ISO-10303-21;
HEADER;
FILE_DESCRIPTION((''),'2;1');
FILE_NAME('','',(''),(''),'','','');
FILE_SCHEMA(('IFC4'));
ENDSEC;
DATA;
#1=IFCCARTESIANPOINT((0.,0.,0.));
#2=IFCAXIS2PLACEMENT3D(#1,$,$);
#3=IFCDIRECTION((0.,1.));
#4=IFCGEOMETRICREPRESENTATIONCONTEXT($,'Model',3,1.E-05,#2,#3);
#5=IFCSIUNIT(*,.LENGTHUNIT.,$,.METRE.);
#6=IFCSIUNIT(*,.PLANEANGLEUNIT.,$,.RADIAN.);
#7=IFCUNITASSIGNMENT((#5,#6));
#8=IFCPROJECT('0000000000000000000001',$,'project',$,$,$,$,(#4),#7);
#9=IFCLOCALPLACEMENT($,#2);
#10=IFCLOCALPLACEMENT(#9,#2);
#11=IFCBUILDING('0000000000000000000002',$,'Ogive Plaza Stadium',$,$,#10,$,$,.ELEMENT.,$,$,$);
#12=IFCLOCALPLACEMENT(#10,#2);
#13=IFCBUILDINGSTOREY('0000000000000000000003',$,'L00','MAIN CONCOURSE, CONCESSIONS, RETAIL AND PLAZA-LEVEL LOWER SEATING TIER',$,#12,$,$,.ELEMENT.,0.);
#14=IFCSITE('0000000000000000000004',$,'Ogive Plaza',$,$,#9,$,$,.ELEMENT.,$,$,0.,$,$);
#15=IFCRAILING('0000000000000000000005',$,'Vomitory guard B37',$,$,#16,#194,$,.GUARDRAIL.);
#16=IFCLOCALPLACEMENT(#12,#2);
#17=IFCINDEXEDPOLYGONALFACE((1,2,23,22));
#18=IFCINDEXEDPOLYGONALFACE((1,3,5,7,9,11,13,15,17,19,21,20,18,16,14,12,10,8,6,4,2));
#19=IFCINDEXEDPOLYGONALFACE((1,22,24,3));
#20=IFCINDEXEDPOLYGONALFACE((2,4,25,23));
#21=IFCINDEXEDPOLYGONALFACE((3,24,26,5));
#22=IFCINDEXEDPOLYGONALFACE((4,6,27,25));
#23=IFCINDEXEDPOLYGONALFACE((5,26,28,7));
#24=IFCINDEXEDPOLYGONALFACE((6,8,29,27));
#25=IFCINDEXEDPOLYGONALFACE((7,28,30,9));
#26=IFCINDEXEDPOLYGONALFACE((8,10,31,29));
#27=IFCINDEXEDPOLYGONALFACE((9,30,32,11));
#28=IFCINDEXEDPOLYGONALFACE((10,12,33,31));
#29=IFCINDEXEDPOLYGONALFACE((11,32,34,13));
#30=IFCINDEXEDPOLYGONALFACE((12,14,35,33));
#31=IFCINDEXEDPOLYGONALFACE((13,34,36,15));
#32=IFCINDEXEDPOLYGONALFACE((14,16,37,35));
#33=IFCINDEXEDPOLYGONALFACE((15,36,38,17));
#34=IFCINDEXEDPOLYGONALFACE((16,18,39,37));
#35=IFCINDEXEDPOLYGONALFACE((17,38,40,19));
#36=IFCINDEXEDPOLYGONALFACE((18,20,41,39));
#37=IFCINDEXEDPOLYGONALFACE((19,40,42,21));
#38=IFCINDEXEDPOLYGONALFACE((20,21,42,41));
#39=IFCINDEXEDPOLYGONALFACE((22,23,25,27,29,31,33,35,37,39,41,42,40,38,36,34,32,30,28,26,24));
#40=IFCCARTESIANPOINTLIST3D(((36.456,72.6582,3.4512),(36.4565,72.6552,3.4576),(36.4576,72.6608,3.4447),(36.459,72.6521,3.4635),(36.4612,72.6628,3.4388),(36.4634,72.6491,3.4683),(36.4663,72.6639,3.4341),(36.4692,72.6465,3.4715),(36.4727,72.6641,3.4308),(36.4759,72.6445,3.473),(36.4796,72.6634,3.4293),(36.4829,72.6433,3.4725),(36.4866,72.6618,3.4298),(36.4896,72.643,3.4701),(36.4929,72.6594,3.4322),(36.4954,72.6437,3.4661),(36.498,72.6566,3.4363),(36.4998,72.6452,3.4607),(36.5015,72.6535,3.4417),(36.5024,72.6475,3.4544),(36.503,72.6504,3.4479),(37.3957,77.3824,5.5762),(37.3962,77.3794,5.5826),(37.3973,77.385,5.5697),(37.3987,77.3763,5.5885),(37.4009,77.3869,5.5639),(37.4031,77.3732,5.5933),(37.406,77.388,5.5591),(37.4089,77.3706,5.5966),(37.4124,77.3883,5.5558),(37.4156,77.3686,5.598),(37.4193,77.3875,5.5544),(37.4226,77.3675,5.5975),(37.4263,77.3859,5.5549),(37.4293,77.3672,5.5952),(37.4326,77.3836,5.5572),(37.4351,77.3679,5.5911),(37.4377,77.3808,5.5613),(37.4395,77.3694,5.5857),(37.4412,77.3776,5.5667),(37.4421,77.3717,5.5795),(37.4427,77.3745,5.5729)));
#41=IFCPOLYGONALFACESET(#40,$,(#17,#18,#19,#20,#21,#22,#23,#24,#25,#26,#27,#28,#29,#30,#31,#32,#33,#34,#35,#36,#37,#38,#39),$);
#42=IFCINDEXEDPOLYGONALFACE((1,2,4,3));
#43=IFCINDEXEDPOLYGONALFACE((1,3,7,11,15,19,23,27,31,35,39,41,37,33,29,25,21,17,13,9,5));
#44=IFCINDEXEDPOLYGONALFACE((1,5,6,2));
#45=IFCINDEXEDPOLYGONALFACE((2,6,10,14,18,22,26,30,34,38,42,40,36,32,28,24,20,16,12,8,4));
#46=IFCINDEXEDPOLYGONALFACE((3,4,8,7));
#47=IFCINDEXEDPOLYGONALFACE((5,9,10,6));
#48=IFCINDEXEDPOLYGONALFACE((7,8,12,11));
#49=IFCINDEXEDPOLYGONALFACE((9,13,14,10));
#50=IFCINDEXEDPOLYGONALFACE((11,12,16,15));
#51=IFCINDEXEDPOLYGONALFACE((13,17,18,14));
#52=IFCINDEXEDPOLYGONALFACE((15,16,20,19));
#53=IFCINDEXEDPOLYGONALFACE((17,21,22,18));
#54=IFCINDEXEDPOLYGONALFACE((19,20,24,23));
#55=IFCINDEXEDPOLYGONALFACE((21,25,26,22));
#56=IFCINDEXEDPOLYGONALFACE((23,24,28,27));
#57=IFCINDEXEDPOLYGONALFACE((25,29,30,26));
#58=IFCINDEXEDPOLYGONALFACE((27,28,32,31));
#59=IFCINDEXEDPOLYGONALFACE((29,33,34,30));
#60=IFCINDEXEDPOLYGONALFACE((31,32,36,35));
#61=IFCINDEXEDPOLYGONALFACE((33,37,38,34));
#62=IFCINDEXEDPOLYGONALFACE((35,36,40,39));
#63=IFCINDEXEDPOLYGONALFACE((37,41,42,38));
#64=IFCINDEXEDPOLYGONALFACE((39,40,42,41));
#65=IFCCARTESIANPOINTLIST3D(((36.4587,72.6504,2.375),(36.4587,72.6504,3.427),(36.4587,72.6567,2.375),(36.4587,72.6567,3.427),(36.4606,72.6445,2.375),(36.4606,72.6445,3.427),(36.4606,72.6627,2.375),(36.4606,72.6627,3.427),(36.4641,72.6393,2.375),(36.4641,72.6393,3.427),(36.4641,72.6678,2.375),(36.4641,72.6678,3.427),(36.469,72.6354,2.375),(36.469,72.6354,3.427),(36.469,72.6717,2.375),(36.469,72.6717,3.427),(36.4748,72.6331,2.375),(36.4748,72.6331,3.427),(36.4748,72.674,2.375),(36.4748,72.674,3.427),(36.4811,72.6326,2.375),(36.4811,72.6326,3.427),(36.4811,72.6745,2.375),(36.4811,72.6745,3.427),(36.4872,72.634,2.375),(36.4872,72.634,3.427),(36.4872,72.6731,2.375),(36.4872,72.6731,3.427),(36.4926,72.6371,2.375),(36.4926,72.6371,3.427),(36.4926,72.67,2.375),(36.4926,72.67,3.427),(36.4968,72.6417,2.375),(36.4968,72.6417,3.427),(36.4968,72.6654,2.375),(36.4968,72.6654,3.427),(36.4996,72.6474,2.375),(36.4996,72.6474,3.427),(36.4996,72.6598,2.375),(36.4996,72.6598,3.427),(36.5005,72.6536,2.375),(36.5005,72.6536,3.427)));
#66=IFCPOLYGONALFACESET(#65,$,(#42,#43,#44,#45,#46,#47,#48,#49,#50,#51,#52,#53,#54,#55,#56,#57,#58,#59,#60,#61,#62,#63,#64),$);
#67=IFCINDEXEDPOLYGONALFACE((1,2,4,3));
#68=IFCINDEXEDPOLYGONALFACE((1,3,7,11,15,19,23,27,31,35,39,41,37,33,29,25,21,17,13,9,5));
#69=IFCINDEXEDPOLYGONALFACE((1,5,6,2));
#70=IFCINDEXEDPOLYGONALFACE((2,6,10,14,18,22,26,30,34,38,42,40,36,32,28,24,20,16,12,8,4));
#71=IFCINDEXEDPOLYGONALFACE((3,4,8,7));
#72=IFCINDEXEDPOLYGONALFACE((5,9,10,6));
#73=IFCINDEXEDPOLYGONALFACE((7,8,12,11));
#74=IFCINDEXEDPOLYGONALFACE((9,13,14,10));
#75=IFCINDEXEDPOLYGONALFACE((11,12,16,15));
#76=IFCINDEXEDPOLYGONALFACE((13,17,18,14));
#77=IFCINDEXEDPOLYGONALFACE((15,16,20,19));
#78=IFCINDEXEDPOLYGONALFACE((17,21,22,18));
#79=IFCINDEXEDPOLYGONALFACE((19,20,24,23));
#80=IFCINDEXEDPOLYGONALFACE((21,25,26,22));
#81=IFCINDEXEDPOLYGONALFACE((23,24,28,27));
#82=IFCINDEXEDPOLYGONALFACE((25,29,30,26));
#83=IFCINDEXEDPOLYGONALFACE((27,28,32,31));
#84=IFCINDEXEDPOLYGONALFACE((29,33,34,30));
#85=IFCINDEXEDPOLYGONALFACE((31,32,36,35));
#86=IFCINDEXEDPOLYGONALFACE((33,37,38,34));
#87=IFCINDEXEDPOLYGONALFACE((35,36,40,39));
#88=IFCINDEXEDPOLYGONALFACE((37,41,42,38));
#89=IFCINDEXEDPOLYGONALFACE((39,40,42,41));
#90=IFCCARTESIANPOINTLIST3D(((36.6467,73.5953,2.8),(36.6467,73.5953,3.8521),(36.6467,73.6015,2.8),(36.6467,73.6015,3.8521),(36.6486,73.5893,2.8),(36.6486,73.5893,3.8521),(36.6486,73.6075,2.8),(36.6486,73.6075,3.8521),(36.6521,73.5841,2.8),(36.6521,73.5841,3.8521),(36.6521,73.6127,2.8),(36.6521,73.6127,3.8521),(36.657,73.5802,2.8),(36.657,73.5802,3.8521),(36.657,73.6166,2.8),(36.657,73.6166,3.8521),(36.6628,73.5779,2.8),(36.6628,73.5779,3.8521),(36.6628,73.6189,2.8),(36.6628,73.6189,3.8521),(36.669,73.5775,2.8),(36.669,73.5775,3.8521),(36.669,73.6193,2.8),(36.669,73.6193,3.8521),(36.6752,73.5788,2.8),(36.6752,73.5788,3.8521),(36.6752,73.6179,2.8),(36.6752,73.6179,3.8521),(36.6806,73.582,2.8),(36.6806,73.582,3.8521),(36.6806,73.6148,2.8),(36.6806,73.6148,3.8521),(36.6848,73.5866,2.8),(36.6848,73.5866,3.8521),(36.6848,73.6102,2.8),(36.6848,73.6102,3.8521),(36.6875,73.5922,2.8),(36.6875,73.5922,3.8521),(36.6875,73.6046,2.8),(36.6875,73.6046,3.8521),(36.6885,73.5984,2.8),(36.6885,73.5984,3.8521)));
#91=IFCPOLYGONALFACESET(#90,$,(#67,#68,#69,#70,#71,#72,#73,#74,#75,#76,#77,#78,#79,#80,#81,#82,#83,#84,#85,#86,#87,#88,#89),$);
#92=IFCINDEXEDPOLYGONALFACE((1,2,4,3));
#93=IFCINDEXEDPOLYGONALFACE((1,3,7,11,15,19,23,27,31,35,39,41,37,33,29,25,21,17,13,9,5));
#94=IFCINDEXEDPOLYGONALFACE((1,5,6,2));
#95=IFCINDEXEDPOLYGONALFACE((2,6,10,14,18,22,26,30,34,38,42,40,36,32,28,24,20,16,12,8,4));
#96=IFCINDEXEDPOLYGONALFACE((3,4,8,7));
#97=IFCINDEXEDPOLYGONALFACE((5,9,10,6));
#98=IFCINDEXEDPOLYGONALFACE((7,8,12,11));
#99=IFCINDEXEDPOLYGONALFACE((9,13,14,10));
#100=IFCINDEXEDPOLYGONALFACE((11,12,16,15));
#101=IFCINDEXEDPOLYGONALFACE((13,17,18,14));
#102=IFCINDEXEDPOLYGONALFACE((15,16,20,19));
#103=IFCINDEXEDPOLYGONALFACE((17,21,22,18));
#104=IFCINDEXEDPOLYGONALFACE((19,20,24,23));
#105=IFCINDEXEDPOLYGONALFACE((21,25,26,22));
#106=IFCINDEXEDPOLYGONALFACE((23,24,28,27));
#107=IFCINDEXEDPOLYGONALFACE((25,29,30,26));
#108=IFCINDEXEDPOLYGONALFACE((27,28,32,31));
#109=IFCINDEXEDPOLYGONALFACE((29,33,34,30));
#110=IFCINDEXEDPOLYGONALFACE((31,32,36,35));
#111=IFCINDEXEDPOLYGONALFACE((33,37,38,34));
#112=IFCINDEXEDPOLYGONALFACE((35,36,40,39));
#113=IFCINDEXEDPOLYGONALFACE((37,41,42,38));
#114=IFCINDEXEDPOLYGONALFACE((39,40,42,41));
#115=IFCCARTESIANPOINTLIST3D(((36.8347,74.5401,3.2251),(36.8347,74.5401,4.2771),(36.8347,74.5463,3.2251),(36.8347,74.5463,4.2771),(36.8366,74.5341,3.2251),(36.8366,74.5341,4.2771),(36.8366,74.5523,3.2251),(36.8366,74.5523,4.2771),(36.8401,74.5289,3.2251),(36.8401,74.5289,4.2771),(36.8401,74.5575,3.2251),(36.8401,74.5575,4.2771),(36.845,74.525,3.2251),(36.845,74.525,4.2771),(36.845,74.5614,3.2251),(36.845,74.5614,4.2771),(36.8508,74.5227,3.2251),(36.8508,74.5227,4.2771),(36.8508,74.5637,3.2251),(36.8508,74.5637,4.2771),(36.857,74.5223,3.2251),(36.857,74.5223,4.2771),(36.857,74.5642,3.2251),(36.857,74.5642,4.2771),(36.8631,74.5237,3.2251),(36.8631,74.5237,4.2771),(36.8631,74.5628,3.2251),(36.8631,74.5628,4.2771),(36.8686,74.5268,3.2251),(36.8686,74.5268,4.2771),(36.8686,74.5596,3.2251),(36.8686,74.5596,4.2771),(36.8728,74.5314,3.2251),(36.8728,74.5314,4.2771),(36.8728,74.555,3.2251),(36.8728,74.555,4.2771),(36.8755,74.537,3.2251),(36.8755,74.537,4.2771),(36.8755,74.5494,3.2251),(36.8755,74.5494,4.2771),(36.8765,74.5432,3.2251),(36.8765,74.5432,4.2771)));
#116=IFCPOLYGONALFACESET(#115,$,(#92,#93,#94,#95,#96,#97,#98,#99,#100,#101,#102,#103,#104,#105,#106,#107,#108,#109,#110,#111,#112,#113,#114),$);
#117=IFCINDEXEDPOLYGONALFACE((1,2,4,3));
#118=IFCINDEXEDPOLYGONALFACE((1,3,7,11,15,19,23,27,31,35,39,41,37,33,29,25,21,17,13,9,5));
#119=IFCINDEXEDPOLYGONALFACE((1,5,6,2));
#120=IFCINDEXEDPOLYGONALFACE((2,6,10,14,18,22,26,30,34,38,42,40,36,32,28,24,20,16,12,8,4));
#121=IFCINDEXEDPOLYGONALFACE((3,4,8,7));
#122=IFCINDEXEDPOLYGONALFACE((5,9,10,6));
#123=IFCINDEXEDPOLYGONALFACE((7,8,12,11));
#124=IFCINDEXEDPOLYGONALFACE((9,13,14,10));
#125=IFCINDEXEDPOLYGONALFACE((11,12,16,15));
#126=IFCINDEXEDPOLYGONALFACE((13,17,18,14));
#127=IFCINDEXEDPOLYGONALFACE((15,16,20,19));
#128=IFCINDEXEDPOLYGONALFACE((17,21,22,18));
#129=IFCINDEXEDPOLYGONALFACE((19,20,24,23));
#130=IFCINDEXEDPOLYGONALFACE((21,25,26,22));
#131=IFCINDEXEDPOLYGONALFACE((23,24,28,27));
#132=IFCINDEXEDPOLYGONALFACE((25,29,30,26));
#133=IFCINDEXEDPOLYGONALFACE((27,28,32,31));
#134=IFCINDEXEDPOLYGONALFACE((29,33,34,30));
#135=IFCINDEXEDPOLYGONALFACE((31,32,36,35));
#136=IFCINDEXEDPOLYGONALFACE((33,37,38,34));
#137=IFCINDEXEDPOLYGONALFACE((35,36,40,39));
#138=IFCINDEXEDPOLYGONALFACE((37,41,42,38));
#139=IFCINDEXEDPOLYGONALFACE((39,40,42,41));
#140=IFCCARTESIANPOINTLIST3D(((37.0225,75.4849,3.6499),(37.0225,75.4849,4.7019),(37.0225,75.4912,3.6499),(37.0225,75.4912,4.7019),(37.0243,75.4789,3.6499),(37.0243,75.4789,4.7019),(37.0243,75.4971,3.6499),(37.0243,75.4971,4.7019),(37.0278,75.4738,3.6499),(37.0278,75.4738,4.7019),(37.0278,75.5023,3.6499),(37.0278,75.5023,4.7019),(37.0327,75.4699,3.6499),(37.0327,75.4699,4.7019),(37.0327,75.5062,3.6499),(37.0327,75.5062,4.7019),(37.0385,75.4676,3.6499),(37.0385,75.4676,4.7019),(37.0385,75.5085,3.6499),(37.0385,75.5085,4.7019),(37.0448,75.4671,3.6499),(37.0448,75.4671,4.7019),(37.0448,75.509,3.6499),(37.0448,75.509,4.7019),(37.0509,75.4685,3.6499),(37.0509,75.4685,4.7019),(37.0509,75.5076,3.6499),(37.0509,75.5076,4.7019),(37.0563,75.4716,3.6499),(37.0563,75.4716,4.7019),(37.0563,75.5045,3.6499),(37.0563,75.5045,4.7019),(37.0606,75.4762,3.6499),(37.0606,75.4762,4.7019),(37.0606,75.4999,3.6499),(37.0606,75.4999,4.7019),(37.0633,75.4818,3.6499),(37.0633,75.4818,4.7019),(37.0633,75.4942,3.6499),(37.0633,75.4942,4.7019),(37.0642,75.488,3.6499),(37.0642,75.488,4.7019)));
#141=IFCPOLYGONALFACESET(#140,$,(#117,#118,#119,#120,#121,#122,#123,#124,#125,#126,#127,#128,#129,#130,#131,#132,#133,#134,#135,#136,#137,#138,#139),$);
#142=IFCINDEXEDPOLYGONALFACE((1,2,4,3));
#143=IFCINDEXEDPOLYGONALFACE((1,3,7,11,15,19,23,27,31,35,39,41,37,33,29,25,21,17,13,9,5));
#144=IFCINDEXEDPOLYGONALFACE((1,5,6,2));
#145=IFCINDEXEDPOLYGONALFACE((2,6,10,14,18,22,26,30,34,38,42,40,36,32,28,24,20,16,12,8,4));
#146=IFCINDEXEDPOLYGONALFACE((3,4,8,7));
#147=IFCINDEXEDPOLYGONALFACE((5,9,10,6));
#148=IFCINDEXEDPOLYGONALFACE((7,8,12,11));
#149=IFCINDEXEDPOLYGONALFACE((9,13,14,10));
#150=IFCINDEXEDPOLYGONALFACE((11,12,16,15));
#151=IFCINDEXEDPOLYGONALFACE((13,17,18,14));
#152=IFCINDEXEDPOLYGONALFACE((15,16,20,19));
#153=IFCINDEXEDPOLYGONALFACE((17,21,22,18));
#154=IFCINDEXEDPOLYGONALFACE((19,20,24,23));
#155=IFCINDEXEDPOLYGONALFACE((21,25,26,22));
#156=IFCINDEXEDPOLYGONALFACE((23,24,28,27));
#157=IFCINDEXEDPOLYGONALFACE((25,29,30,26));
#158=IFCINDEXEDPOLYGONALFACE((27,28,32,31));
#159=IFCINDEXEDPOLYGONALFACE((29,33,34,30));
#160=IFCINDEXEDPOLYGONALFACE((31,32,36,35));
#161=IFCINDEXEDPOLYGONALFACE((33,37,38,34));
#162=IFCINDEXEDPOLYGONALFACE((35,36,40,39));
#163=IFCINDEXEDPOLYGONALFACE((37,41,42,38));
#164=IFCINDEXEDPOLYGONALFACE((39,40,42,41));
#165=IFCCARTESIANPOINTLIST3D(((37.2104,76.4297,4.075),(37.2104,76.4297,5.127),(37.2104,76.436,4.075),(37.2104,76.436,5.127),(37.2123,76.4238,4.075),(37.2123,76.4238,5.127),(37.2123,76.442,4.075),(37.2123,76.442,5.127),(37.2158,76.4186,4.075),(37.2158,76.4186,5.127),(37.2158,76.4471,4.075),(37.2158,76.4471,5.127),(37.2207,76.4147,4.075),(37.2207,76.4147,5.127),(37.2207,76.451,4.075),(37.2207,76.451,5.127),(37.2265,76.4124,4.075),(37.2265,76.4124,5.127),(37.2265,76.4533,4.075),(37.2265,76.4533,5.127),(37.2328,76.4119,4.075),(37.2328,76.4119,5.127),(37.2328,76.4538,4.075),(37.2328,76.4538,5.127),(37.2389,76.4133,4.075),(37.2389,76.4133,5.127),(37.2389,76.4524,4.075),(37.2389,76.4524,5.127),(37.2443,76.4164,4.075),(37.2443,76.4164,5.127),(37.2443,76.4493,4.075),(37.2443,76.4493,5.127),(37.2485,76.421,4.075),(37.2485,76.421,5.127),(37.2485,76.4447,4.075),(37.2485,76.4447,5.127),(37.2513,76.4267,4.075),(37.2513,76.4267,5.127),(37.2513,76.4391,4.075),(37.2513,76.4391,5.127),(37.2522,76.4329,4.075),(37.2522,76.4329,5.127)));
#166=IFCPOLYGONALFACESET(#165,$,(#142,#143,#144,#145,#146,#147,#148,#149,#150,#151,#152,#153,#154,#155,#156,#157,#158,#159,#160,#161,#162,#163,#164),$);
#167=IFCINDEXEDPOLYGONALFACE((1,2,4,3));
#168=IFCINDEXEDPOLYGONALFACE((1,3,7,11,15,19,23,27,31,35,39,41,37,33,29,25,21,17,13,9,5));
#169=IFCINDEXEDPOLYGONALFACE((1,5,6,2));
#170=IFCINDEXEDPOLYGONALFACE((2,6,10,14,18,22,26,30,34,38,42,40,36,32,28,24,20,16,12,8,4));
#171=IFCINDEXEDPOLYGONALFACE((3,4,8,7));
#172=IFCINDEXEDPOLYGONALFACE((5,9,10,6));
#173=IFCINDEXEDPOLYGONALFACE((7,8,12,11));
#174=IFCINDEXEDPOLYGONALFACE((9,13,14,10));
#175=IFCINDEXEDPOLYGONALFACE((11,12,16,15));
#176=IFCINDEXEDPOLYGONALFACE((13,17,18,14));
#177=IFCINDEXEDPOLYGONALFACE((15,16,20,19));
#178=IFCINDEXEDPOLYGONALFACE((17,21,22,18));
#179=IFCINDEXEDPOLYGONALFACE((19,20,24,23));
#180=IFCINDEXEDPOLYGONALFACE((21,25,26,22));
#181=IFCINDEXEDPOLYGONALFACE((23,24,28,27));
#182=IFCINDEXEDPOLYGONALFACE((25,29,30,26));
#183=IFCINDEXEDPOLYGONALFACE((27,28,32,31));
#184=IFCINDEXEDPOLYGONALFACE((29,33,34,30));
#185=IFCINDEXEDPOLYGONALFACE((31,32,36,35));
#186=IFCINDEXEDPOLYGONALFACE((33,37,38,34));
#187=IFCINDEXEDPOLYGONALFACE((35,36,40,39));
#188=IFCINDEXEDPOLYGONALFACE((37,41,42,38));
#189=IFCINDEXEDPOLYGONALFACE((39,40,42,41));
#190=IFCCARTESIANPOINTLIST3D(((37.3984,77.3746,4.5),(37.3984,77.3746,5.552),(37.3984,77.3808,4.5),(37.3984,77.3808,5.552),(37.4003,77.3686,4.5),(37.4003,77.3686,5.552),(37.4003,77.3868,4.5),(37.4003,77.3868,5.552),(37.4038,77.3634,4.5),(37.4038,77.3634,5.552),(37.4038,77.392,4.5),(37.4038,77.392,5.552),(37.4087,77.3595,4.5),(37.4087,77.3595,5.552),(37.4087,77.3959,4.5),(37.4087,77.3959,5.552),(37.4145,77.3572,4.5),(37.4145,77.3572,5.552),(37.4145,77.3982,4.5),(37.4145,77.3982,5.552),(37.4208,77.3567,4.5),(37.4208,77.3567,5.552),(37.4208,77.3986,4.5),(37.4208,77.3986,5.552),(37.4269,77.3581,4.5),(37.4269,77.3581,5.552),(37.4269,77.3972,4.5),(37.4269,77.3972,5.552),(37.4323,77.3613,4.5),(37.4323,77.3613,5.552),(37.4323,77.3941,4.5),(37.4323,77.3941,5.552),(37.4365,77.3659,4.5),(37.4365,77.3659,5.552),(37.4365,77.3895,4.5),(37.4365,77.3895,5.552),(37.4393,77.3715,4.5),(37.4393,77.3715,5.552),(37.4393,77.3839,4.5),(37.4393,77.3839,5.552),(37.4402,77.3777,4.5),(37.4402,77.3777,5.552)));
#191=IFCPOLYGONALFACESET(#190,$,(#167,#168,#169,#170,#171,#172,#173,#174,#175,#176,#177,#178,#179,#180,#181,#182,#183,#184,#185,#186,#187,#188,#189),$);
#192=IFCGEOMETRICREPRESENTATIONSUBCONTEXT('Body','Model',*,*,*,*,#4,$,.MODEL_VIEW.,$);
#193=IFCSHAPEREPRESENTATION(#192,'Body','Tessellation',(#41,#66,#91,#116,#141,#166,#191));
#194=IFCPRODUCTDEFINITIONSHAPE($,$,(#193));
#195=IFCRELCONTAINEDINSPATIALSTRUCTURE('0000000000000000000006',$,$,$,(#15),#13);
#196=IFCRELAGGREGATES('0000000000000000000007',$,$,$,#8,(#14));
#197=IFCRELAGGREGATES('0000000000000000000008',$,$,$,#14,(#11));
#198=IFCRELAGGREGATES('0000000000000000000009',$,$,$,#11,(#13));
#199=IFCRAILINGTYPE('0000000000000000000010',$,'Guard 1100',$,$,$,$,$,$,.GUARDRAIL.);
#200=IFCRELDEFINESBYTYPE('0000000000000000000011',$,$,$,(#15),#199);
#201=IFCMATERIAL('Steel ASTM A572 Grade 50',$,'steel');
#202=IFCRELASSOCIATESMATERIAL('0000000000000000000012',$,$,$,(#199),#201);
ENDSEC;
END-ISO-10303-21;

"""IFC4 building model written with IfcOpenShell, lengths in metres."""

from ifc_helpers import new_model, si_unit, direction, frame, origin, origin_2d, place, context, subcontext, project, spatial, circle, extrude, material, type_object, element, save


model = new_model("IFC4")

# Units and contexts
model_context = context("Model", 3, precision=1e-05, world=origin(), true_north=direction((0.0, 1.0)))
body_context = subcontext(model_context, "Body", "Model", "MODEL_VIEW")
ifc_project = project(units=[si_unit("LENGTHUNIT", "METRE"), si_unit("PLANEANGLEUNIT", "RADIAN")], contexts=[model_context])

# Site, building, storey
site_placement = place(None, origin())
site = spatial("IfcSite", under=ifc_project, at=site_placement, Name="Ogive Plaza", CompositionType="ELEMENT", RefElevation=0.0)
building_placement = place(site_placement, origin())
building = spatial("IfcBuilding", under=site, at=building_placement, Name="Ogive Plaza Stadium", CompositionType="ELEMENT")
storey_placement = place(building_placement, origin())
storey = spatial("IfcBuildingStorey", under=building, at=storey_placement, Name="L00", Description="MAIN CONCOURSE, CONCESSIONS, RETAIL AND PLAZA-LEVEL LOWER SEATING TIER", CompositionType="ELEMENT", Elevation=0.0)

# Railing
ifc_material_1 = material(Name="Steel ASTM A572 Grade 50", Category="steel")
railing_type = type_object("IfcRailingType", Name="Guard 1100", PredefinedType="GUARDRAIL", material=ifc_material_1)
for number, where, name in (
    (1, (36.4795, 72.6536, 2.375), "Vomitory guard B37"),
):
    element("IfcRailing", number, at=place(storey_placement, frame(where)), inside=storey, type_object=railing_type, Name=name, PredefinedType="GUARDRAIL", context=body_context, shape_type="SweptSolid", body=[
        extrude(circle(Radius=0.0239, at=origin_2d()), frame((0.0, 0.0, 1.0762), z_axis=(0.178494, 0.897338, 0.40364), x_axis=(-0.980785, 0.195093, 0.0)), (0.0, 0.0, 1.0), 5.2646),
        extrude(circle(Radius=0.021, at=origin_2d()), origin(), (0.0, 0.0, 1.0), 1.052),
        extrude(circle(Radius=0.021, at=origin_2d()), frame((0.188, 0.9448, 0.425)), (0.0, 0.0, 1.0), 1.052),
        extrude(circle(Radius=0.021, at=origin_2d()), frame((0.376, 1.8896, 0.8501)), (0.0, 0.0, 1.0), 1.052),
        extrude(circle(Radius=0.021, at=origin_2d()), frame((0.5637, 2.8345, 1.2749)), (0.0, 0.0, 1.0), 1.052),
        extrude(circle(Radius=0.021, at=origin_2d()), frame((0.7517, 3.7793, 1.7)), (0.0, 0.0, 1.0), 1.052),
        extrude(circle(Radius=0.021, at=origin_2d()), frame((0.9397, 4.7241, 2.125)), (0.0, 0.0, 1.0), 1.052),
    ])

save(model, "model.ifc")
